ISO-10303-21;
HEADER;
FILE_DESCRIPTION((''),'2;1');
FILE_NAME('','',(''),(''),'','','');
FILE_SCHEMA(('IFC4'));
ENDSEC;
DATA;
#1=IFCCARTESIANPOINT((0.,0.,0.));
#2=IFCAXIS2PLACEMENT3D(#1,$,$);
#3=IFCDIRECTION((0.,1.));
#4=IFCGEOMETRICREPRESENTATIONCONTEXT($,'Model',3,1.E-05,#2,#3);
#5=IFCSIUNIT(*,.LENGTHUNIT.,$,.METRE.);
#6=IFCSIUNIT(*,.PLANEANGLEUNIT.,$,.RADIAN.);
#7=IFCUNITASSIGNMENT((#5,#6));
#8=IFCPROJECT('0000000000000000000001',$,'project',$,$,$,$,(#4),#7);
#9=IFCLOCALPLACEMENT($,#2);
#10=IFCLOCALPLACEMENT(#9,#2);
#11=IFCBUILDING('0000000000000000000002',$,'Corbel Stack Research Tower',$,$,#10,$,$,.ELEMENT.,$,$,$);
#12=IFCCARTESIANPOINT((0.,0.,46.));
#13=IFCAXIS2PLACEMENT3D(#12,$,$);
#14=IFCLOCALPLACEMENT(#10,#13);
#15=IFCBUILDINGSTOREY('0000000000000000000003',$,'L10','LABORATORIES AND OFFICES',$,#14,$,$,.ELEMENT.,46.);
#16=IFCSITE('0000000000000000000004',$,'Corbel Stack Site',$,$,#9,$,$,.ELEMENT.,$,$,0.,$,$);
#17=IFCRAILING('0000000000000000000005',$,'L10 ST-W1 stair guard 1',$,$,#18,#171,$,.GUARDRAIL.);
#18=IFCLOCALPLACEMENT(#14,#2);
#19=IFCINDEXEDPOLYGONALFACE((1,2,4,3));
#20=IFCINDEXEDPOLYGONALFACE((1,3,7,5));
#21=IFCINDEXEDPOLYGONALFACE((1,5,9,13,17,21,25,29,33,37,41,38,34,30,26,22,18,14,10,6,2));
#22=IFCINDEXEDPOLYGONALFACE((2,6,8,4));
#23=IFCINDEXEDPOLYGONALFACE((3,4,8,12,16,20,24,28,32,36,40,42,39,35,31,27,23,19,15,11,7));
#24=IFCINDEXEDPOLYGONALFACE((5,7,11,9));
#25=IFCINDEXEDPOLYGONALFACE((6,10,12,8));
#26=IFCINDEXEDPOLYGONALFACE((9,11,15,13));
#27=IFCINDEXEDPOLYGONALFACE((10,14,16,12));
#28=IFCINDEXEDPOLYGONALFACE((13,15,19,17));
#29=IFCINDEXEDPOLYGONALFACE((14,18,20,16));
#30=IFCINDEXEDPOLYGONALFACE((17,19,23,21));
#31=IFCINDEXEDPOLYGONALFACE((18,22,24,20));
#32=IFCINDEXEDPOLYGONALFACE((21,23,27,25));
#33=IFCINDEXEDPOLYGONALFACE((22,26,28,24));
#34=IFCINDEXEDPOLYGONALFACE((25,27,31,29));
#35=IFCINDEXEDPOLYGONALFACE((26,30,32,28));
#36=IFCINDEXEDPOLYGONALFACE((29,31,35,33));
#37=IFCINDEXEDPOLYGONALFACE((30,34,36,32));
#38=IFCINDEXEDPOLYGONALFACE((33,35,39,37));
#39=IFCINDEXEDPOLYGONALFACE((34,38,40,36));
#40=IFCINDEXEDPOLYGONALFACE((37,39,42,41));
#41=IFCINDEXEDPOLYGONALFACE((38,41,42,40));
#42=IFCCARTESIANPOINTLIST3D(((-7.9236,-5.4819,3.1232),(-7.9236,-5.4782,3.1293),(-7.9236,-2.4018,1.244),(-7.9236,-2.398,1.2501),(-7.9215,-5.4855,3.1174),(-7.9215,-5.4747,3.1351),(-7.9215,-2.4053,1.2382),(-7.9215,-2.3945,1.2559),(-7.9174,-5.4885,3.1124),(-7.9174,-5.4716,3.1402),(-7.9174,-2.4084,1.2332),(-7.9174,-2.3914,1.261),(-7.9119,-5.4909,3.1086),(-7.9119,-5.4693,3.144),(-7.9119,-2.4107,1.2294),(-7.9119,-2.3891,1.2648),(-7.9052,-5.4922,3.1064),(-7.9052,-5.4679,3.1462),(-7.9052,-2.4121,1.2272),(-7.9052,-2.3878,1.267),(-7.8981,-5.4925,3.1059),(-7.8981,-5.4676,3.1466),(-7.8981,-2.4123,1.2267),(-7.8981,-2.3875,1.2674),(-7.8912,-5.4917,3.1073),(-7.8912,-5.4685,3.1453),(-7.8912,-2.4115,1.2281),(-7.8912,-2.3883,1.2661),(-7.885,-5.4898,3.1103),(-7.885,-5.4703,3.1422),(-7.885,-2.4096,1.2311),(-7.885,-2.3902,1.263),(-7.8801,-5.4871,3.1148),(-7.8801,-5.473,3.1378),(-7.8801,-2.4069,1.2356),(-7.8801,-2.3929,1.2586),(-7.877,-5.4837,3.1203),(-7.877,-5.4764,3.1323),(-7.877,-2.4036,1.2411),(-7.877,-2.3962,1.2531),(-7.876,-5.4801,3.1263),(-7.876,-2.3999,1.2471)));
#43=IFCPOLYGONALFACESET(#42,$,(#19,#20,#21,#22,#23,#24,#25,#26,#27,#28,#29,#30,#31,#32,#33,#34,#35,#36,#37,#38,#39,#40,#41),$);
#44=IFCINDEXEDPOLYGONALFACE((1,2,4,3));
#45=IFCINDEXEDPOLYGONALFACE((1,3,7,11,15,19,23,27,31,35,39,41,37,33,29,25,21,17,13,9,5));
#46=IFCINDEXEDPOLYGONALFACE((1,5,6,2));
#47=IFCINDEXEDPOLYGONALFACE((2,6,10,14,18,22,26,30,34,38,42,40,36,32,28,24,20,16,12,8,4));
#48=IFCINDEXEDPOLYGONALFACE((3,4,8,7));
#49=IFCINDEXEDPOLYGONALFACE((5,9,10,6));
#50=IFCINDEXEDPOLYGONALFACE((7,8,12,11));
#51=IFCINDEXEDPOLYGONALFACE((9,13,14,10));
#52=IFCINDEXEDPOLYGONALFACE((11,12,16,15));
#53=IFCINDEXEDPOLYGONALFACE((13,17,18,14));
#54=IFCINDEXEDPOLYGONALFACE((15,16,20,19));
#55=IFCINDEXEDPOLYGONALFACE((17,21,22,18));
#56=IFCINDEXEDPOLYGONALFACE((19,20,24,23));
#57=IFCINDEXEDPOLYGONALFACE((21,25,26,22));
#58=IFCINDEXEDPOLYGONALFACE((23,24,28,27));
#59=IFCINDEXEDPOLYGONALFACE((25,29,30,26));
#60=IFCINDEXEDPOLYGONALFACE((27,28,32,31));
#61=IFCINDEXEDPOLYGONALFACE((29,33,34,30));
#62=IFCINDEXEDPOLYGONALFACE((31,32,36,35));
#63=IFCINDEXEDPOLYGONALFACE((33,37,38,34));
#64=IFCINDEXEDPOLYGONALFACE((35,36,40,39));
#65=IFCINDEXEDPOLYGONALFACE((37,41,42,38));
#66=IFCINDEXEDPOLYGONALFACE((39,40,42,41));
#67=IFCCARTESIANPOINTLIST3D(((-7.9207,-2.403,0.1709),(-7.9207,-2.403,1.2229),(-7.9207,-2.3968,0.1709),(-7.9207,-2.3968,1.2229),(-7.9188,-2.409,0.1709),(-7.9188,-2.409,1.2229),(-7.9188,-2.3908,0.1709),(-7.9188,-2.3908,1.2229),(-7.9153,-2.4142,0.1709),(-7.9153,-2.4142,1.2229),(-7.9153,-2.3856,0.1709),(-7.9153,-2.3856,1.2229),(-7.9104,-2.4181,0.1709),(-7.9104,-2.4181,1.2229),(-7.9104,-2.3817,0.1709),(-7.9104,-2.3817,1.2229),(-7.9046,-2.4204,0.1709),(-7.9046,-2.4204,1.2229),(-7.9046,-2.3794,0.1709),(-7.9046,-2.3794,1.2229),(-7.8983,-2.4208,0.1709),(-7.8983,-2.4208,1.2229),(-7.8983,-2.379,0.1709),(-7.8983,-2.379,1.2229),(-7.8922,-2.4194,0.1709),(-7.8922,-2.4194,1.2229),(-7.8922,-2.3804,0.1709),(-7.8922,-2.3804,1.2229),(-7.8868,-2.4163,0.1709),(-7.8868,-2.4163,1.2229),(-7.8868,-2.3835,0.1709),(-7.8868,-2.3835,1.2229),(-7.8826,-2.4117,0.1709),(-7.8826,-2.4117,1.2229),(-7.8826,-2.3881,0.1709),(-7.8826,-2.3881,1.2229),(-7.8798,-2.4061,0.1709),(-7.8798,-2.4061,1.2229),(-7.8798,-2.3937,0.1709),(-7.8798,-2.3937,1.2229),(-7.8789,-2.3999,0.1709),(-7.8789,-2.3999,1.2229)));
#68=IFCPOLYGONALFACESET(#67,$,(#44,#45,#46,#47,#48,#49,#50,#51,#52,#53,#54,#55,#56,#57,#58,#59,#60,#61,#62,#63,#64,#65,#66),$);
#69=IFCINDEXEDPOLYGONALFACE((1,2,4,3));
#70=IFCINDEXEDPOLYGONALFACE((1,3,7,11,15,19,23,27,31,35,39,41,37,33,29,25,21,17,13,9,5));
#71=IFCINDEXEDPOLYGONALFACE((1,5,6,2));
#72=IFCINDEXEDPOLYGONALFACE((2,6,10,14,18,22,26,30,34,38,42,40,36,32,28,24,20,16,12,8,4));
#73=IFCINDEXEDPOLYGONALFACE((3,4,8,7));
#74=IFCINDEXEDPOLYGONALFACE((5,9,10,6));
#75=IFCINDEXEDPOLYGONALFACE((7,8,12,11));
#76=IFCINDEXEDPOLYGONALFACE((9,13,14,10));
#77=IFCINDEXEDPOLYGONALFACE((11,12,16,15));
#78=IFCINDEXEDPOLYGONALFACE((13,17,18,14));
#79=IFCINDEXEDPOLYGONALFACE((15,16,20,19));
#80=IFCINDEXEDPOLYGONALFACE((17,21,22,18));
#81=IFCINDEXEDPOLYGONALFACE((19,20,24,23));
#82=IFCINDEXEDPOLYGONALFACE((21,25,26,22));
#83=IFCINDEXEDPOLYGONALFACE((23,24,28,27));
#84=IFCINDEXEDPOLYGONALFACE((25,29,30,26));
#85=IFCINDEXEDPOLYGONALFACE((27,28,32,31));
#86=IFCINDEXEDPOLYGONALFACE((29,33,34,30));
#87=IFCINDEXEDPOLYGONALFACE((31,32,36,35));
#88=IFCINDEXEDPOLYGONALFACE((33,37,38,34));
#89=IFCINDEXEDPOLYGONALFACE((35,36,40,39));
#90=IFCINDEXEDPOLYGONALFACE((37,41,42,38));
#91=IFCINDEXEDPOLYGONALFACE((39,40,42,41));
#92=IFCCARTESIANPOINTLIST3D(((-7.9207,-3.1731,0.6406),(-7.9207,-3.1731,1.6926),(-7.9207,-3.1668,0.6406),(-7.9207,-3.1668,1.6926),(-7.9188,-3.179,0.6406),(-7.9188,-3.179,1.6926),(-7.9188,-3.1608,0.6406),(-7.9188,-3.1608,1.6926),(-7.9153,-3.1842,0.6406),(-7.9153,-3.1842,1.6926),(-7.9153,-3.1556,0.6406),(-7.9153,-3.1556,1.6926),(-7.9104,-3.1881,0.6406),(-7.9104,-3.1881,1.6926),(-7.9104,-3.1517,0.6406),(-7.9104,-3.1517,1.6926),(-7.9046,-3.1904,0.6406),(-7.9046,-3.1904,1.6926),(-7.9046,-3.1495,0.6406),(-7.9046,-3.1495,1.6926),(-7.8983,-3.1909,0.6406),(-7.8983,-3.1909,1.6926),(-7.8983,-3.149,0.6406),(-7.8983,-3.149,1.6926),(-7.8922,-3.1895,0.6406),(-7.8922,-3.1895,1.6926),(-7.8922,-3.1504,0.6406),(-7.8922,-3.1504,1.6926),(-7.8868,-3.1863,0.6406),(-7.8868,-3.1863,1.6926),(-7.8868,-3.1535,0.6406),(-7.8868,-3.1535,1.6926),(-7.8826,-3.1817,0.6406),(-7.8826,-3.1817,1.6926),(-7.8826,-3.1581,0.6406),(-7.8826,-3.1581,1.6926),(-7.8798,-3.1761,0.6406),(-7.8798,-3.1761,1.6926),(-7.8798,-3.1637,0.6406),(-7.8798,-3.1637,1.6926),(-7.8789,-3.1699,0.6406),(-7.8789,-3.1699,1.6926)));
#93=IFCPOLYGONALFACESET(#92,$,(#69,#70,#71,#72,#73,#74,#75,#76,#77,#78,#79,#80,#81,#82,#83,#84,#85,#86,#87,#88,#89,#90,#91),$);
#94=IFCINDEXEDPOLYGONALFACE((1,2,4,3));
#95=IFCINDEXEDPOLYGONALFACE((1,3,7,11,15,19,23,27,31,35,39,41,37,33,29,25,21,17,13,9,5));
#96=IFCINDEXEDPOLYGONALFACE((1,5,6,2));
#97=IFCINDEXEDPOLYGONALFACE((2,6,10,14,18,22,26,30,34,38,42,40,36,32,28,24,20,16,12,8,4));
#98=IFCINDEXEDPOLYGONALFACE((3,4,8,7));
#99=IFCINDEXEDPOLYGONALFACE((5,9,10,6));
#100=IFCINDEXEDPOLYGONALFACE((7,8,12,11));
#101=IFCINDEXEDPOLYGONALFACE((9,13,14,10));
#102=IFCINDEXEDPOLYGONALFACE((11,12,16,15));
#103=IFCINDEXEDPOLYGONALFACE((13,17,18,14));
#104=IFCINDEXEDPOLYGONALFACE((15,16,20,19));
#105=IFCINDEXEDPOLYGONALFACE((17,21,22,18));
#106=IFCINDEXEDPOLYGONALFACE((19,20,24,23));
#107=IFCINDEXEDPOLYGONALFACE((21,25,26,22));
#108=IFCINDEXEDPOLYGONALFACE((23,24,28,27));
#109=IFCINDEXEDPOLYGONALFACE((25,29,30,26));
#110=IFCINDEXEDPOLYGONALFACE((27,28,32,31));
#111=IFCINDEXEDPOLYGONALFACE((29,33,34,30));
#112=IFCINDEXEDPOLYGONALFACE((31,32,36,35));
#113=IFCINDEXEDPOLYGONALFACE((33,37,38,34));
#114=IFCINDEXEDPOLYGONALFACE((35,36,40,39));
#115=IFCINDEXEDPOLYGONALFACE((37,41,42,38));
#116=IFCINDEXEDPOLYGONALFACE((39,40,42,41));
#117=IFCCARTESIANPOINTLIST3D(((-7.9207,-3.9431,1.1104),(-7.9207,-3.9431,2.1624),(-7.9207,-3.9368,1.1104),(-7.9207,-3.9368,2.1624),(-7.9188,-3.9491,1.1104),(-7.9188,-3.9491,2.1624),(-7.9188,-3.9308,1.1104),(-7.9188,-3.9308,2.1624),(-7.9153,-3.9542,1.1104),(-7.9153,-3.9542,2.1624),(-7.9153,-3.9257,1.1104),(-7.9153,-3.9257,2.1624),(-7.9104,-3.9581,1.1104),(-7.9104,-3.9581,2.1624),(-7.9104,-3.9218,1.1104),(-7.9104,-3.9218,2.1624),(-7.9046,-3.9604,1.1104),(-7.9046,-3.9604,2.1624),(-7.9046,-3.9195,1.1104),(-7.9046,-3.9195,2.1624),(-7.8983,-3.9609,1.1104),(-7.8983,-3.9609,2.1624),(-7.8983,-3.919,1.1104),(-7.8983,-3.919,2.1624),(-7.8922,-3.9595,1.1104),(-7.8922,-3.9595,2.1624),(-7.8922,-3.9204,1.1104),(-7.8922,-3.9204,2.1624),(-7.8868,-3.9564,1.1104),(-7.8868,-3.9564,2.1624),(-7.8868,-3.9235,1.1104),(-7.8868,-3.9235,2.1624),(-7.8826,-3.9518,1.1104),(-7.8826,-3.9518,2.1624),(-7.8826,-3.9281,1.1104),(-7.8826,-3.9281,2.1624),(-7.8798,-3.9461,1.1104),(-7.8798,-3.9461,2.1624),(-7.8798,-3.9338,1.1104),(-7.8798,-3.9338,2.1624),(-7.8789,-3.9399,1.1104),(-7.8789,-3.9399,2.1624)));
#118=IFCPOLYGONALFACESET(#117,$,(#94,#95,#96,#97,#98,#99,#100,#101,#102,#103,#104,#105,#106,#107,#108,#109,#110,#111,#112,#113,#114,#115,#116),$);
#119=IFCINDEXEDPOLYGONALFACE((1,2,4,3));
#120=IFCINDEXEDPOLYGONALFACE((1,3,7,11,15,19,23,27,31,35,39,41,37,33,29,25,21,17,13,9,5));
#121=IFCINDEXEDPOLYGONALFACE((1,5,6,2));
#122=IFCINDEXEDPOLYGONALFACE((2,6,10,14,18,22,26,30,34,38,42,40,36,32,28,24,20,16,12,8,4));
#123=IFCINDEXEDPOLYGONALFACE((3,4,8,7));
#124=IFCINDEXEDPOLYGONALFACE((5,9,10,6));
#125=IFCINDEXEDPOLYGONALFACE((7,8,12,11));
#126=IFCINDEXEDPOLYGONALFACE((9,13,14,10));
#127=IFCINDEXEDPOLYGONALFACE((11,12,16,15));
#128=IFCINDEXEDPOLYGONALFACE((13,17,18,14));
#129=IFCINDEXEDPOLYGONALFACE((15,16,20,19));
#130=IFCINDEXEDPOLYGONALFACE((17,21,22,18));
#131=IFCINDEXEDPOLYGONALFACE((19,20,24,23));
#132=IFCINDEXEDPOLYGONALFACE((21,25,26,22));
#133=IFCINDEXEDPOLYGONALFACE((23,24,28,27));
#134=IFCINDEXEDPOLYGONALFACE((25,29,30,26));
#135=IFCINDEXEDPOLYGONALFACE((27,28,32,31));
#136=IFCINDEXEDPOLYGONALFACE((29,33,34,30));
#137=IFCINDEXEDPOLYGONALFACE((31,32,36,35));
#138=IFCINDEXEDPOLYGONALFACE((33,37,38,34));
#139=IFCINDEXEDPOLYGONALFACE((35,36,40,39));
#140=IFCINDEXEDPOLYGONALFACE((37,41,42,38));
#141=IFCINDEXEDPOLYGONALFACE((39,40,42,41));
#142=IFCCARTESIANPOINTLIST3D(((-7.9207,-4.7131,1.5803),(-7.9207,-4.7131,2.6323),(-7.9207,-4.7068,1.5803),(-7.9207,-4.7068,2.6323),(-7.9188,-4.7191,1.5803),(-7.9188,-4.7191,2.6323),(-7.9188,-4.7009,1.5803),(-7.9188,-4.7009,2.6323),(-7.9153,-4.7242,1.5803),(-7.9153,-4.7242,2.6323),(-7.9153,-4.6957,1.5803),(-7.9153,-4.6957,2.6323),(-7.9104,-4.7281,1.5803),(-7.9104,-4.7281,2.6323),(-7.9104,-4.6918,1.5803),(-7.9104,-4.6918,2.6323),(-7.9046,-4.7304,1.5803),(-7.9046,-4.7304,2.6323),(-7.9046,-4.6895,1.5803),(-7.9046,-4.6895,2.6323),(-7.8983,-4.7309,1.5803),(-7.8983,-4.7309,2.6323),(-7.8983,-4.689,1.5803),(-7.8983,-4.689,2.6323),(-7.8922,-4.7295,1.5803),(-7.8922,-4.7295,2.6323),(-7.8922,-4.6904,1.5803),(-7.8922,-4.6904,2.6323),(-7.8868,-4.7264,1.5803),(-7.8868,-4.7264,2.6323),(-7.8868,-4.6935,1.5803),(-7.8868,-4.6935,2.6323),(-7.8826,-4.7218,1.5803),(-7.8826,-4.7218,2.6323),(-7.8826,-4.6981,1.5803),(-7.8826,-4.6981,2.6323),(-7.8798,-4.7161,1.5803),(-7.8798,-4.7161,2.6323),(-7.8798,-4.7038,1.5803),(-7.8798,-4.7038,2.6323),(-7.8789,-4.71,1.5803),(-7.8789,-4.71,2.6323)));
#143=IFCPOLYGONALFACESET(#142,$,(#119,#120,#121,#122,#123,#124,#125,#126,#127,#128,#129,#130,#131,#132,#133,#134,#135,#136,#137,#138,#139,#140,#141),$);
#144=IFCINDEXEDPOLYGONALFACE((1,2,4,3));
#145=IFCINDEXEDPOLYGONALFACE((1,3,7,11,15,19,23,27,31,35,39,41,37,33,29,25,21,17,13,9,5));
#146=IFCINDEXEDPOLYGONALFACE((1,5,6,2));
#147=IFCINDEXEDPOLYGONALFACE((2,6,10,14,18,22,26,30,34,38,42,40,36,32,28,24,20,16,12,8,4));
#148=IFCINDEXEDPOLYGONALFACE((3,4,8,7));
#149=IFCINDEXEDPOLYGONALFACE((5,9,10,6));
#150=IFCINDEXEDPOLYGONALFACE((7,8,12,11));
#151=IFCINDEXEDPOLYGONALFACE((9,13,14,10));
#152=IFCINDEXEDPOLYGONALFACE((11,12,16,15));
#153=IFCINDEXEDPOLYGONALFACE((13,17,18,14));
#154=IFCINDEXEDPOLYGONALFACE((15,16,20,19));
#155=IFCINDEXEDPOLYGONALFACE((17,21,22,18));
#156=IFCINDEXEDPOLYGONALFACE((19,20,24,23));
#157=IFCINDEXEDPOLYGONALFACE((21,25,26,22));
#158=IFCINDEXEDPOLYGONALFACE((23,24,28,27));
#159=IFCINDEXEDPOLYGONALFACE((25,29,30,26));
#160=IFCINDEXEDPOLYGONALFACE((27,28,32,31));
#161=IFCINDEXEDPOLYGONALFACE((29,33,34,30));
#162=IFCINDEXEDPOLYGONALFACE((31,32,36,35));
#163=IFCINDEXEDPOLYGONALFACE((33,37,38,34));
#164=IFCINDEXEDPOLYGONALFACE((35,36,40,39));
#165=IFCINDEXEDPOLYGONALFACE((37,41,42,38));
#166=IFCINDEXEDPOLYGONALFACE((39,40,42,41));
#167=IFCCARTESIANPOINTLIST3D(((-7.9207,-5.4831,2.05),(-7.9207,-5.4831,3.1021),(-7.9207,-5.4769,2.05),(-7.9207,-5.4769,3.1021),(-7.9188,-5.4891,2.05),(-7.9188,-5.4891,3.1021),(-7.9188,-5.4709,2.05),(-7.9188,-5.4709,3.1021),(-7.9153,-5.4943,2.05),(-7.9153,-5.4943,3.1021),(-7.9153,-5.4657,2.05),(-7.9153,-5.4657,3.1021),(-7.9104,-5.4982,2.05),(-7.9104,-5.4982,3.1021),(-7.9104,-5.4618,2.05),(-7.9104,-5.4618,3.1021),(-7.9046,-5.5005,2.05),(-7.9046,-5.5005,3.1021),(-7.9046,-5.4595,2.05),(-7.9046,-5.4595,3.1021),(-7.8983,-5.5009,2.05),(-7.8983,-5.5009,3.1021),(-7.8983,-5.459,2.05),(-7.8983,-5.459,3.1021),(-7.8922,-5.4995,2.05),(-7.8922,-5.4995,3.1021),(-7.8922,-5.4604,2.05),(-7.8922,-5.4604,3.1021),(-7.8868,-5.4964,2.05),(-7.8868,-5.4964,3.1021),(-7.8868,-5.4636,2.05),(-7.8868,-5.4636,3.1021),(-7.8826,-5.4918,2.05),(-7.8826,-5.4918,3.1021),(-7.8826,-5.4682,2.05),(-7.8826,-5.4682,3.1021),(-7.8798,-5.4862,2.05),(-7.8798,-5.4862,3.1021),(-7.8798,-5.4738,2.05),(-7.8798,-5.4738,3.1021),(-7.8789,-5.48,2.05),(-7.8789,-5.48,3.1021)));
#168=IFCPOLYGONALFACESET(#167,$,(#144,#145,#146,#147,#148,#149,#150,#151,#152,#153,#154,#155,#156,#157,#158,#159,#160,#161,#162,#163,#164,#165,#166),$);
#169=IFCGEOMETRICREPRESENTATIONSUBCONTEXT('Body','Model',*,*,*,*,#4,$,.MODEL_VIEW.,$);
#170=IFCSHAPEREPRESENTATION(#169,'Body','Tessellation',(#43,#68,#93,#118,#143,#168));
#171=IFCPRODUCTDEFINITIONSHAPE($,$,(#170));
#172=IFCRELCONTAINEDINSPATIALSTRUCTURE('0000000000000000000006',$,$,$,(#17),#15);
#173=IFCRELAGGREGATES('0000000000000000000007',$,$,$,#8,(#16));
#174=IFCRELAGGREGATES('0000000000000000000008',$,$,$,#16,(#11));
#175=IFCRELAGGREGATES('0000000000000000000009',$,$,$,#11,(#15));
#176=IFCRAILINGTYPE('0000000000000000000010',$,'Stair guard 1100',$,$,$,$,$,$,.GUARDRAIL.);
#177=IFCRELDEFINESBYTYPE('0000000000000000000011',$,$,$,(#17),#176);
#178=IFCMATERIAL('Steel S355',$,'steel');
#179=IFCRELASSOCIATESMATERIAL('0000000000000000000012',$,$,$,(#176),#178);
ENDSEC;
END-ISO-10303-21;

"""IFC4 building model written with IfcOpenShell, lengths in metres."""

from ifc_helpers import new_model, si_unit, direction, frame, origin, origin_2d, place, context, subcontext, project, spatial, circle, extrude, material, type_object, element, save


model = new_model("IFC4")

# Units and contexts
model_context = context("Model", 3, precision=1e-05, world=origin(), true_north=direction((0.0, 1.0)))
body_context = subcontext(model_context, "Body", "Model", "MODEL_VIEW")
ifc_project = project(units=[si_unit("LENGTHUNIT", "METRE"), si_unit("PLANEANGLEUNIT", "RADIAN")], contexts=[model_context])

# Site, building, storey
site_placement = place(None, origin())
site = spatial("IfcSite", under=ifc_project, at=site_placement, Name="Corbel Stack Site", CompositionType="ELEMENT", RefElevation=0.0)
building_placement = place(site_placement, origin())
building = spatial("IfcBuilding", under=site, at=building_placement, Name="Corbel Stack Research Tower", CompositionType="ELEMENT")
storey_placement = place(building_placement, frame((0.0, 0.0, 46.0)))
storey = spatial("IfcBuildingStorey", under=building, at=storey_placement, Name="L10", Description="LABORATORIES AND OFFICES", CompositionType="ELEMENT", Elevation=46.0)

# Railing
ifc_material_1 = material(Name="Steel S355", Category="steel")
railing_type_1 = type_object("IfcRailingType", Name="Stair guard 1100", PredefinedType="GUARDRAIL", material=ifc_material_1)
railing_1_placement = place(storey_placement, frame((-7.8999, -2.3999, 0.1709)))
element("IfcRailing", 1, at=railing_1_placement, inside=storey, type_object=railing_type_1, Name="L10 ST-W1 stair guard 1", PredefinedType="GUARDRAIL", context=body_context, shape_type="SweptSolid", body=[
    extrude(circle(Radius=0.0239, at=origin_2d()), frame((0.0, 0.0, 1.0762), z_axis=(0.0, -0.853666, 0.52082), x_axis=(1.0, 0.0, 0.0)), (0.0, 0.0, 1.0), 3.6082),
    extrude(circle(Radius=0.021, at=origin_2d()), origin(), (0.0, 0.0, 1.0), 1.052),
    extrude(circle(Radius=0.021, at=origin_2d()), frame((0.0, -0.77, 0.4697)), (0.0, 0.0, 1.0), 1.052),
    extrude(circle(Radius=0.021, at=origin_2d()), frame((0.0, -1.54, 0.9395)), (0.0, 0.0, 1.0), 1.052),
    extrude(circle(Radius=0.021, at=origin_2d()), frame((0.0, -2.3101, 1.4094)), (0.0, 0.0, 1.0), 1.052),
    extrude(circle(Radius=0.021, at=origin_2d()), frame((0.0, -3.0801, 1.8792)), (0.0, 0.0, 1.0), 1.052),
])

save(model, "model.ifc")
